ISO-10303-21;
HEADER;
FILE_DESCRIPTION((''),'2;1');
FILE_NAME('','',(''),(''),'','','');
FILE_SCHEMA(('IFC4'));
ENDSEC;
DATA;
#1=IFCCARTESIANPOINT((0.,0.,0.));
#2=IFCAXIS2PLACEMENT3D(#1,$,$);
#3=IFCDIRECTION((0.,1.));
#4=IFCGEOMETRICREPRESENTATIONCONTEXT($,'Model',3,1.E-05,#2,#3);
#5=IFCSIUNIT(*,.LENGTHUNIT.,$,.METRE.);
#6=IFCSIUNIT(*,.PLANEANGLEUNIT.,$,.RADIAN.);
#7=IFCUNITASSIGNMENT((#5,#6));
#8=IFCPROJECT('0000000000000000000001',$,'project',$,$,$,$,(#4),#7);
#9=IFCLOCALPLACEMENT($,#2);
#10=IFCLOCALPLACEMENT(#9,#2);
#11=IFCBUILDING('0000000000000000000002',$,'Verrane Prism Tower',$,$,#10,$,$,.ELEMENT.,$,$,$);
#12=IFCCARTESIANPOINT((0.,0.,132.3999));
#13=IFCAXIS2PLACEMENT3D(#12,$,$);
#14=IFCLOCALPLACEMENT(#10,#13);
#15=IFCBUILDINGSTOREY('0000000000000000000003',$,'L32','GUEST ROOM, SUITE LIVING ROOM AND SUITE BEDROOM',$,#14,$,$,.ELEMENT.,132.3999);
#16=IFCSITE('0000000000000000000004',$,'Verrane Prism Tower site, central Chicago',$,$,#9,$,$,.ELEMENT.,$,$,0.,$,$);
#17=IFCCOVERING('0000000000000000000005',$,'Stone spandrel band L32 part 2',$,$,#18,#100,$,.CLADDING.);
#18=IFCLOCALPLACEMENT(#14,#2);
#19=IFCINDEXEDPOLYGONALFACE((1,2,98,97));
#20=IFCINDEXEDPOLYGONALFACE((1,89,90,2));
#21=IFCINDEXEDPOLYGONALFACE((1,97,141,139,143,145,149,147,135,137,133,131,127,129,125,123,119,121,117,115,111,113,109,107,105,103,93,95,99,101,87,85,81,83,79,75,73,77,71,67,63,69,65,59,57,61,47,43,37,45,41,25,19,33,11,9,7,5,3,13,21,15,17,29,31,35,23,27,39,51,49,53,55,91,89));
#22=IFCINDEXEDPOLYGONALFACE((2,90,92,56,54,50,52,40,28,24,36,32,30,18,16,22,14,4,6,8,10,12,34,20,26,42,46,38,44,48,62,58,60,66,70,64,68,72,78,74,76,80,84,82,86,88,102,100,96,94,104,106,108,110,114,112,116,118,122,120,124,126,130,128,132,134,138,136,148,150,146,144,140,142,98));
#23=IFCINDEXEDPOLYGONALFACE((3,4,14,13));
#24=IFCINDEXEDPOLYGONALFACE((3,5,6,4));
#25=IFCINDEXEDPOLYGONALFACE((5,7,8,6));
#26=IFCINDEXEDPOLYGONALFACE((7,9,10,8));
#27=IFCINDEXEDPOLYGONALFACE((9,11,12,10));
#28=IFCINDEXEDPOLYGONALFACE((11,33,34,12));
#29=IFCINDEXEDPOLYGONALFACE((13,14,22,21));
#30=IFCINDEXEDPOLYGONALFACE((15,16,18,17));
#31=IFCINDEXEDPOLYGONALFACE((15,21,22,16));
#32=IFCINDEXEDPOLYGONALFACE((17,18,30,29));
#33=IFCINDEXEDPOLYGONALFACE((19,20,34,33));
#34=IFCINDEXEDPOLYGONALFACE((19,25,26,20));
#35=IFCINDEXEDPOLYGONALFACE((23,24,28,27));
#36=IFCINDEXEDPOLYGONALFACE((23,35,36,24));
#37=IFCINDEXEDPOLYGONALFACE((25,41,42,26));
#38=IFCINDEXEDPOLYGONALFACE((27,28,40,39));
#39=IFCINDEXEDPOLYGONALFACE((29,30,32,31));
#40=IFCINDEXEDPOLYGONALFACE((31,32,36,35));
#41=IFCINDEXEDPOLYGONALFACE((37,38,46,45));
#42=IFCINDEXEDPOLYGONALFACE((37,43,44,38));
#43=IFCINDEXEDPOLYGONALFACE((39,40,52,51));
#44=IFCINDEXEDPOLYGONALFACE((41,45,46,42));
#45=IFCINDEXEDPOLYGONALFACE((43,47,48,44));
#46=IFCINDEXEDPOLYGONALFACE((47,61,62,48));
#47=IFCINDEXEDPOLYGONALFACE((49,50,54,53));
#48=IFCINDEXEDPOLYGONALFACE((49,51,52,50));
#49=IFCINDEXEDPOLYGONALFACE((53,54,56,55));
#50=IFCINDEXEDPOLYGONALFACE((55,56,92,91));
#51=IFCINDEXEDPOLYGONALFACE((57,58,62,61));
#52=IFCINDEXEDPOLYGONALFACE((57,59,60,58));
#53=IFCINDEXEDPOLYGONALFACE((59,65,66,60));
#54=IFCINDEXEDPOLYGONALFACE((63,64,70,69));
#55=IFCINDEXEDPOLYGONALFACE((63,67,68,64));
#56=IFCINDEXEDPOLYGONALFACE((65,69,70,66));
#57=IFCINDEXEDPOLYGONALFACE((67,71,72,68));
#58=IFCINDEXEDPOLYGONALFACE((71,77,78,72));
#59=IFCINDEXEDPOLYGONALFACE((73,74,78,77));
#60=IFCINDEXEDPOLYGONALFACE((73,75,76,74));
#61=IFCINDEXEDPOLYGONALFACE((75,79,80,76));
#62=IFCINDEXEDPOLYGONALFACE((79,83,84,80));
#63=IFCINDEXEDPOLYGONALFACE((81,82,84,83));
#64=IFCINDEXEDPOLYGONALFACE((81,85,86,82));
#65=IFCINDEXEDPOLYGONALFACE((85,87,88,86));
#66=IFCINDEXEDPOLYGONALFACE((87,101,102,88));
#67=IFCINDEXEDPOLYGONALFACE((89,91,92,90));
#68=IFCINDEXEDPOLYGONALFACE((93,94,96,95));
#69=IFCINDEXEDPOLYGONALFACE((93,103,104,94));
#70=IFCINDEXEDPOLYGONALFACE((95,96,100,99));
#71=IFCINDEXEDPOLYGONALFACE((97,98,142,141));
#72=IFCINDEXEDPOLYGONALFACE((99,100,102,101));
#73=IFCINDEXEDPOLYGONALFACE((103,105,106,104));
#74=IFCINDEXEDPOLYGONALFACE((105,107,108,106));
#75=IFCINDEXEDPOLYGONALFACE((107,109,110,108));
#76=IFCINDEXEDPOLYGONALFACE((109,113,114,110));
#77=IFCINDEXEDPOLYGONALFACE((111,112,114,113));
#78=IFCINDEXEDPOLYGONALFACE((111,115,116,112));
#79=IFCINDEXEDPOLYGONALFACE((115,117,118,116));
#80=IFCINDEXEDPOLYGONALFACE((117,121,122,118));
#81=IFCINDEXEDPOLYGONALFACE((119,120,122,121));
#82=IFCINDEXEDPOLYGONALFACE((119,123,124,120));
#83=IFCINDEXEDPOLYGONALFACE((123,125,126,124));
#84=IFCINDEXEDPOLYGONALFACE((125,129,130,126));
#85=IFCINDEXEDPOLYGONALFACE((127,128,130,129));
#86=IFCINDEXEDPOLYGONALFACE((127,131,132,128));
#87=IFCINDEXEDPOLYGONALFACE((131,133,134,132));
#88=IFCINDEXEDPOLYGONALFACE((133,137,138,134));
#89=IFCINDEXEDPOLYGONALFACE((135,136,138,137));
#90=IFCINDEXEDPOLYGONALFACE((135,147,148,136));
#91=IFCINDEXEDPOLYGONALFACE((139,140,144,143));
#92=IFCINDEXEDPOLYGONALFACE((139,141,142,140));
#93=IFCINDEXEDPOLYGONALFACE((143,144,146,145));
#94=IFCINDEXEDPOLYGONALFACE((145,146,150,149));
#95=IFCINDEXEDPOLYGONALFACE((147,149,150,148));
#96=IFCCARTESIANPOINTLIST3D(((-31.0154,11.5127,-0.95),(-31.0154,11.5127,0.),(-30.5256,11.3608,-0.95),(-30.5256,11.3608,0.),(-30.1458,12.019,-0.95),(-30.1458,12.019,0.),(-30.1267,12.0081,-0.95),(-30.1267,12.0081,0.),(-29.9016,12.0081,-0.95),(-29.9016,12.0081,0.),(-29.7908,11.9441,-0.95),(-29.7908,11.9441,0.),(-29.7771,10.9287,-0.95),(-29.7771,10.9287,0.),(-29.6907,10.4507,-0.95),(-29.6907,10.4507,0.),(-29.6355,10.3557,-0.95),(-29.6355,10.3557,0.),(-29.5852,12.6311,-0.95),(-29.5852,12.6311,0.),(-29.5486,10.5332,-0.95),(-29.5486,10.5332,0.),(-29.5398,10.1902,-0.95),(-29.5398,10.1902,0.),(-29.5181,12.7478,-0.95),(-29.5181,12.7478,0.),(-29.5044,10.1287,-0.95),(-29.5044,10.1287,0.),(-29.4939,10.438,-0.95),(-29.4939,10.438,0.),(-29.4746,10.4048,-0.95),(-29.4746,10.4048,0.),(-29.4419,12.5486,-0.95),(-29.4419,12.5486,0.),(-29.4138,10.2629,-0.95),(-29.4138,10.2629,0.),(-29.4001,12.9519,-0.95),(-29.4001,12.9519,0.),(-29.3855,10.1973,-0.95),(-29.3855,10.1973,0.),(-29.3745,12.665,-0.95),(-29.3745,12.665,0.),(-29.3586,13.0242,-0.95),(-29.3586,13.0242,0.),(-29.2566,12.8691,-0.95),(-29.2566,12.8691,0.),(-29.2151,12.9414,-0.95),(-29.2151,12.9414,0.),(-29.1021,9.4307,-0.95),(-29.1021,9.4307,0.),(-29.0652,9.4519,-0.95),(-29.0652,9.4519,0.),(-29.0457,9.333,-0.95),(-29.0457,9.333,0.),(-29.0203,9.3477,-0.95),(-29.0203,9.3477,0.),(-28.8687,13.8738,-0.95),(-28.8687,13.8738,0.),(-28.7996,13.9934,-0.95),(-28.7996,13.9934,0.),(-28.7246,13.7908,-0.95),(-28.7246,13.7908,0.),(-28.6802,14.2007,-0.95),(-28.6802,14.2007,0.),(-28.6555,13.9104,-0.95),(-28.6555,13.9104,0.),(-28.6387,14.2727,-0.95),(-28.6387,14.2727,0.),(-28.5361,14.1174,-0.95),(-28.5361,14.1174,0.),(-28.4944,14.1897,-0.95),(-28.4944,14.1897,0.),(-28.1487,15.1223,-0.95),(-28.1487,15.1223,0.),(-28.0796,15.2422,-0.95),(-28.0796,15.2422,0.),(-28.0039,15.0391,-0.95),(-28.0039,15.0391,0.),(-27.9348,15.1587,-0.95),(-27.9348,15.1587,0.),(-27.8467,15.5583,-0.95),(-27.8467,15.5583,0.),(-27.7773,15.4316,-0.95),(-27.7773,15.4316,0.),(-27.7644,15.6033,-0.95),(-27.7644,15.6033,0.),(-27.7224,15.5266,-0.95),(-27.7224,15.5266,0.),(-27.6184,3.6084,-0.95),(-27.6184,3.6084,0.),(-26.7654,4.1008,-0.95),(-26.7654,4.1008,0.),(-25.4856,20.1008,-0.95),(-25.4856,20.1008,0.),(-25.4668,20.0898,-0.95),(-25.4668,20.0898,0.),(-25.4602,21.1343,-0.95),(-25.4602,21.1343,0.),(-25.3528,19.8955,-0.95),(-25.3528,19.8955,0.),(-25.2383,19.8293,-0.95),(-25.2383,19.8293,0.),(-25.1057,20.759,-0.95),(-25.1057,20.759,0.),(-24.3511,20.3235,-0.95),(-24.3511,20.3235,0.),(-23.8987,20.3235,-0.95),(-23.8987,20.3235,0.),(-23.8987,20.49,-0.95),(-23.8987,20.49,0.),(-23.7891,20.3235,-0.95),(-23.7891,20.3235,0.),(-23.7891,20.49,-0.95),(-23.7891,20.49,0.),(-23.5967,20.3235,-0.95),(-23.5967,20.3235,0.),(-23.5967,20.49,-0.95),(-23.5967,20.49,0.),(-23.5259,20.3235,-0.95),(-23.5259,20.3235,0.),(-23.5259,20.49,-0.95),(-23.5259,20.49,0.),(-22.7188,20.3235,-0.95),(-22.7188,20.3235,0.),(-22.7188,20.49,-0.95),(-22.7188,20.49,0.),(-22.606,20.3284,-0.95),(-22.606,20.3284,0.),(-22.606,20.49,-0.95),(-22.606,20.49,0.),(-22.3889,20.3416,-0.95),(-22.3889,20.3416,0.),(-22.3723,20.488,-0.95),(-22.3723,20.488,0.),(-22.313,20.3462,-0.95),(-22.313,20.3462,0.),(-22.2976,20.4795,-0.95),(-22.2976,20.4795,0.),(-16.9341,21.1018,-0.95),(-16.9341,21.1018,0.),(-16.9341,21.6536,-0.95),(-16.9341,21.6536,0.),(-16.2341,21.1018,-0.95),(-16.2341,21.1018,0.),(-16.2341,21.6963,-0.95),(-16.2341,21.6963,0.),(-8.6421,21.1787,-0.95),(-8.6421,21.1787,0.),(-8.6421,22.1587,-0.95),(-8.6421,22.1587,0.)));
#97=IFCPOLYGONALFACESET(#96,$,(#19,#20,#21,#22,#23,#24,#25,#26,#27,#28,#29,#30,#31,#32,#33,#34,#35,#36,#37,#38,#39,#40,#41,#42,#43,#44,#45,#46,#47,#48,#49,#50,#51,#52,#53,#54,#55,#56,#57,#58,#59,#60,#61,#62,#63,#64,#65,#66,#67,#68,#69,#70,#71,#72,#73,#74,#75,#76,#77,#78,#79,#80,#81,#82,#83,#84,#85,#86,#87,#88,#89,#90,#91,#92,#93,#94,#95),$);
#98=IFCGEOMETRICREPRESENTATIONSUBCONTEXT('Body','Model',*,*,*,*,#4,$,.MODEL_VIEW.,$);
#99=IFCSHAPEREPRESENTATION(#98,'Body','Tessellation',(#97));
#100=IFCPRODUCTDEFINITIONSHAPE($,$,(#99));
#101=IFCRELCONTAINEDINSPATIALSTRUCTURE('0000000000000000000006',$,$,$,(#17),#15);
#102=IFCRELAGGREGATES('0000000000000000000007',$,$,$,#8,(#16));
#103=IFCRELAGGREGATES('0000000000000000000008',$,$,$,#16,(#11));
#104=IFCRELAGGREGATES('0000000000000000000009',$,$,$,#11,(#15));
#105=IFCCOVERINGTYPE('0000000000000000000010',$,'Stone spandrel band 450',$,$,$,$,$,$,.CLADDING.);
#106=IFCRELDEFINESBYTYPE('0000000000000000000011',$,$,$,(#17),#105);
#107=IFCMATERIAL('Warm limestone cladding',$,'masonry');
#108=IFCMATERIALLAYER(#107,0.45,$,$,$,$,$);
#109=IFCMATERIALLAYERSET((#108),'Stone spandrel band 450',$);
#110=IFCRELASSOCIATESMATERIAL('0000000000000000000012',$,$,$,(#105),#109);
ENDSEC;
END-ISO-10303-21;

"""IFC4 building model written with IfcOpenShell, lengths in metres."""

from ifc_helpers import new_model, si_unit, direction, frame, origin, place, context, subcontext, project, spatial, polyline, outline, extrude, material, layer, layer_set, type_object, element, save


model = new_model("IFC4")

# Units and contexts
model_context = context("Model", 3, precision=1e-05, world=origin(), true_north=direction((0.0, 1.0)))
body_context = subcontext(model_context, "Body", "Model", "MODEL_VIEW")
ifc_project = project(units=[si_unit("LENGTHUNIT", "METRE"), si_unit("PLANEANGLEUNIT", "RADIAN")], contexts=[model_context])

# Site, building, storey
site_placement = place(None, origin())
site = spatial("IfcSite", under=ifc_project, at=site_placement, Name="Verrane Prism Tower site, central Chicago", CompositionType="ELEMENT", RefElevation=0.0)
building_placement = place(site_placement, origin())
building = spatial("IfcBuilding", under=site, at=building_placement, Name="Verrane Prism Tower", CompositionType="ELEMENT")
storey_placement = place(building_placement, frame((0.0, 0.0, 132.3999)))
storey = spatial("IfcBuildingStorey", under=building, at=storey_placement, Name="L32", Description="GUEST ROOM, SUITE LIVING ROOM AND SUITE BEDROOM", CompositionType="ELEMENT", Elevation=132.3999)

# Covering
ifc_material_1 = material(Name="Warm limestone cladding", Category="masonry")
ifc_layer_1 = layer(ifc_material_1, 0.45)
ifc_layer_set_1 = layer_set([ifc_layer_1], Name="Stone spandrel band 450")
covering_type_1 = type_object("IfcCoveringType", Name="Stone spandrel band 450", PredefinedType="CLADDING", material=ifc_layer_set_1)
covering_1_placement = place(storey_placement, frame((0.0, 0.0, -0.95)))
element("IfcCovering", 1, at=covering_1_placement, inside=storey, type_object=covering_type_1, Name="Stone spandrel band L32 part 2", PredefinedType="CLADDING", context=body_context, shape_type="SweptSolid", body=[
    extrude(outline(polyline([(-26.7654, 4.1008), (-29.0203, 9.3477), (-29.0457, 9.333), (-29.1021, 9.4307), (-29.0652, 9.4519), (-29.3855, 10.1973), (-29.5044, 10.1287), (-29.5398, 10.1902), (-29.4138, 10.2629), (-29.4746, 10.4048), (-29.4939, 10.438), (-29.6355, 10.3557), (-29.6907, 10.4507), (-29.5486, 10.5332), (-29.7771, 10.9287), (-30.5256, 11.3608), (-30.1458, 12.019), (-30.1267, 12.0081), (-29.9016, 12.0081), (-29.7908, 11.9441), (-29.4419, 12.5486), (-29.5852, 12.6311), (-29.5181, 12.7478), (-29.3745, 12.665), (-29.2566, 12.8691), (-29.4001, 12.9519), (-29.3586, 13.0242), (-29.2151, 12.9414), (-28.7246, 13.7908), (-28.8687, 13.8738), (-28.7996, 13.9934), (-28.6555, 13.9104), (-28.5361, 14.1174), (-28.6802, 14.2007), (-28.6387, 14.2727), (-28.4944, 14.1897), (-28.0039, 15.0391), (-28.1487, 15.1223), (-28.0796, 15.2422), (-27.9348, 15.1587), (-27.7773, 15.4316), (-27.8467, 15.5583), (-27.7644, 15.6033), (-27.7224, 15.5266), (-25.2383, 19.8293), (-25.3528, 19.8955), (-25.4668, 20.0898), (-25.4856, 20.1008), (-25.1057, 20.759), (-24.3511, 20.3235), (-23.8987, 20.3235), (-23.8987, 20.49), (-23.7891, 20.49), (-23.7891, 20.3235), (-23.5967, 20.3235), (-23.5967, 20.49), (-23.5259, 20.49), (-23.5259, 20.3235), (-22.7188, 20.3235), (-22.7188, 20.49), (-22.606, 20.49), (-22.606, 20.3284), (-22.3889, 20.3416), (-22.3723, 20.488), (-22.2976, 20.4795), (-22.313, 20.3462), (-8.6421, 21.1787), (-8.6421, 22.1587), (-16.2341, 21.6963), (-16.2341, 21.1018), (-16.9341, 21.1018), (-16.9341, 21.6536), (-25.4602, 21.1343), (-31.0154, 11.5127), (-27.6184, 3.6084), (-26.7654, 4.1008)])), origin(), (0.0, 0.0, 1.0), 0.95),
])

save(model, "model.ifc")
